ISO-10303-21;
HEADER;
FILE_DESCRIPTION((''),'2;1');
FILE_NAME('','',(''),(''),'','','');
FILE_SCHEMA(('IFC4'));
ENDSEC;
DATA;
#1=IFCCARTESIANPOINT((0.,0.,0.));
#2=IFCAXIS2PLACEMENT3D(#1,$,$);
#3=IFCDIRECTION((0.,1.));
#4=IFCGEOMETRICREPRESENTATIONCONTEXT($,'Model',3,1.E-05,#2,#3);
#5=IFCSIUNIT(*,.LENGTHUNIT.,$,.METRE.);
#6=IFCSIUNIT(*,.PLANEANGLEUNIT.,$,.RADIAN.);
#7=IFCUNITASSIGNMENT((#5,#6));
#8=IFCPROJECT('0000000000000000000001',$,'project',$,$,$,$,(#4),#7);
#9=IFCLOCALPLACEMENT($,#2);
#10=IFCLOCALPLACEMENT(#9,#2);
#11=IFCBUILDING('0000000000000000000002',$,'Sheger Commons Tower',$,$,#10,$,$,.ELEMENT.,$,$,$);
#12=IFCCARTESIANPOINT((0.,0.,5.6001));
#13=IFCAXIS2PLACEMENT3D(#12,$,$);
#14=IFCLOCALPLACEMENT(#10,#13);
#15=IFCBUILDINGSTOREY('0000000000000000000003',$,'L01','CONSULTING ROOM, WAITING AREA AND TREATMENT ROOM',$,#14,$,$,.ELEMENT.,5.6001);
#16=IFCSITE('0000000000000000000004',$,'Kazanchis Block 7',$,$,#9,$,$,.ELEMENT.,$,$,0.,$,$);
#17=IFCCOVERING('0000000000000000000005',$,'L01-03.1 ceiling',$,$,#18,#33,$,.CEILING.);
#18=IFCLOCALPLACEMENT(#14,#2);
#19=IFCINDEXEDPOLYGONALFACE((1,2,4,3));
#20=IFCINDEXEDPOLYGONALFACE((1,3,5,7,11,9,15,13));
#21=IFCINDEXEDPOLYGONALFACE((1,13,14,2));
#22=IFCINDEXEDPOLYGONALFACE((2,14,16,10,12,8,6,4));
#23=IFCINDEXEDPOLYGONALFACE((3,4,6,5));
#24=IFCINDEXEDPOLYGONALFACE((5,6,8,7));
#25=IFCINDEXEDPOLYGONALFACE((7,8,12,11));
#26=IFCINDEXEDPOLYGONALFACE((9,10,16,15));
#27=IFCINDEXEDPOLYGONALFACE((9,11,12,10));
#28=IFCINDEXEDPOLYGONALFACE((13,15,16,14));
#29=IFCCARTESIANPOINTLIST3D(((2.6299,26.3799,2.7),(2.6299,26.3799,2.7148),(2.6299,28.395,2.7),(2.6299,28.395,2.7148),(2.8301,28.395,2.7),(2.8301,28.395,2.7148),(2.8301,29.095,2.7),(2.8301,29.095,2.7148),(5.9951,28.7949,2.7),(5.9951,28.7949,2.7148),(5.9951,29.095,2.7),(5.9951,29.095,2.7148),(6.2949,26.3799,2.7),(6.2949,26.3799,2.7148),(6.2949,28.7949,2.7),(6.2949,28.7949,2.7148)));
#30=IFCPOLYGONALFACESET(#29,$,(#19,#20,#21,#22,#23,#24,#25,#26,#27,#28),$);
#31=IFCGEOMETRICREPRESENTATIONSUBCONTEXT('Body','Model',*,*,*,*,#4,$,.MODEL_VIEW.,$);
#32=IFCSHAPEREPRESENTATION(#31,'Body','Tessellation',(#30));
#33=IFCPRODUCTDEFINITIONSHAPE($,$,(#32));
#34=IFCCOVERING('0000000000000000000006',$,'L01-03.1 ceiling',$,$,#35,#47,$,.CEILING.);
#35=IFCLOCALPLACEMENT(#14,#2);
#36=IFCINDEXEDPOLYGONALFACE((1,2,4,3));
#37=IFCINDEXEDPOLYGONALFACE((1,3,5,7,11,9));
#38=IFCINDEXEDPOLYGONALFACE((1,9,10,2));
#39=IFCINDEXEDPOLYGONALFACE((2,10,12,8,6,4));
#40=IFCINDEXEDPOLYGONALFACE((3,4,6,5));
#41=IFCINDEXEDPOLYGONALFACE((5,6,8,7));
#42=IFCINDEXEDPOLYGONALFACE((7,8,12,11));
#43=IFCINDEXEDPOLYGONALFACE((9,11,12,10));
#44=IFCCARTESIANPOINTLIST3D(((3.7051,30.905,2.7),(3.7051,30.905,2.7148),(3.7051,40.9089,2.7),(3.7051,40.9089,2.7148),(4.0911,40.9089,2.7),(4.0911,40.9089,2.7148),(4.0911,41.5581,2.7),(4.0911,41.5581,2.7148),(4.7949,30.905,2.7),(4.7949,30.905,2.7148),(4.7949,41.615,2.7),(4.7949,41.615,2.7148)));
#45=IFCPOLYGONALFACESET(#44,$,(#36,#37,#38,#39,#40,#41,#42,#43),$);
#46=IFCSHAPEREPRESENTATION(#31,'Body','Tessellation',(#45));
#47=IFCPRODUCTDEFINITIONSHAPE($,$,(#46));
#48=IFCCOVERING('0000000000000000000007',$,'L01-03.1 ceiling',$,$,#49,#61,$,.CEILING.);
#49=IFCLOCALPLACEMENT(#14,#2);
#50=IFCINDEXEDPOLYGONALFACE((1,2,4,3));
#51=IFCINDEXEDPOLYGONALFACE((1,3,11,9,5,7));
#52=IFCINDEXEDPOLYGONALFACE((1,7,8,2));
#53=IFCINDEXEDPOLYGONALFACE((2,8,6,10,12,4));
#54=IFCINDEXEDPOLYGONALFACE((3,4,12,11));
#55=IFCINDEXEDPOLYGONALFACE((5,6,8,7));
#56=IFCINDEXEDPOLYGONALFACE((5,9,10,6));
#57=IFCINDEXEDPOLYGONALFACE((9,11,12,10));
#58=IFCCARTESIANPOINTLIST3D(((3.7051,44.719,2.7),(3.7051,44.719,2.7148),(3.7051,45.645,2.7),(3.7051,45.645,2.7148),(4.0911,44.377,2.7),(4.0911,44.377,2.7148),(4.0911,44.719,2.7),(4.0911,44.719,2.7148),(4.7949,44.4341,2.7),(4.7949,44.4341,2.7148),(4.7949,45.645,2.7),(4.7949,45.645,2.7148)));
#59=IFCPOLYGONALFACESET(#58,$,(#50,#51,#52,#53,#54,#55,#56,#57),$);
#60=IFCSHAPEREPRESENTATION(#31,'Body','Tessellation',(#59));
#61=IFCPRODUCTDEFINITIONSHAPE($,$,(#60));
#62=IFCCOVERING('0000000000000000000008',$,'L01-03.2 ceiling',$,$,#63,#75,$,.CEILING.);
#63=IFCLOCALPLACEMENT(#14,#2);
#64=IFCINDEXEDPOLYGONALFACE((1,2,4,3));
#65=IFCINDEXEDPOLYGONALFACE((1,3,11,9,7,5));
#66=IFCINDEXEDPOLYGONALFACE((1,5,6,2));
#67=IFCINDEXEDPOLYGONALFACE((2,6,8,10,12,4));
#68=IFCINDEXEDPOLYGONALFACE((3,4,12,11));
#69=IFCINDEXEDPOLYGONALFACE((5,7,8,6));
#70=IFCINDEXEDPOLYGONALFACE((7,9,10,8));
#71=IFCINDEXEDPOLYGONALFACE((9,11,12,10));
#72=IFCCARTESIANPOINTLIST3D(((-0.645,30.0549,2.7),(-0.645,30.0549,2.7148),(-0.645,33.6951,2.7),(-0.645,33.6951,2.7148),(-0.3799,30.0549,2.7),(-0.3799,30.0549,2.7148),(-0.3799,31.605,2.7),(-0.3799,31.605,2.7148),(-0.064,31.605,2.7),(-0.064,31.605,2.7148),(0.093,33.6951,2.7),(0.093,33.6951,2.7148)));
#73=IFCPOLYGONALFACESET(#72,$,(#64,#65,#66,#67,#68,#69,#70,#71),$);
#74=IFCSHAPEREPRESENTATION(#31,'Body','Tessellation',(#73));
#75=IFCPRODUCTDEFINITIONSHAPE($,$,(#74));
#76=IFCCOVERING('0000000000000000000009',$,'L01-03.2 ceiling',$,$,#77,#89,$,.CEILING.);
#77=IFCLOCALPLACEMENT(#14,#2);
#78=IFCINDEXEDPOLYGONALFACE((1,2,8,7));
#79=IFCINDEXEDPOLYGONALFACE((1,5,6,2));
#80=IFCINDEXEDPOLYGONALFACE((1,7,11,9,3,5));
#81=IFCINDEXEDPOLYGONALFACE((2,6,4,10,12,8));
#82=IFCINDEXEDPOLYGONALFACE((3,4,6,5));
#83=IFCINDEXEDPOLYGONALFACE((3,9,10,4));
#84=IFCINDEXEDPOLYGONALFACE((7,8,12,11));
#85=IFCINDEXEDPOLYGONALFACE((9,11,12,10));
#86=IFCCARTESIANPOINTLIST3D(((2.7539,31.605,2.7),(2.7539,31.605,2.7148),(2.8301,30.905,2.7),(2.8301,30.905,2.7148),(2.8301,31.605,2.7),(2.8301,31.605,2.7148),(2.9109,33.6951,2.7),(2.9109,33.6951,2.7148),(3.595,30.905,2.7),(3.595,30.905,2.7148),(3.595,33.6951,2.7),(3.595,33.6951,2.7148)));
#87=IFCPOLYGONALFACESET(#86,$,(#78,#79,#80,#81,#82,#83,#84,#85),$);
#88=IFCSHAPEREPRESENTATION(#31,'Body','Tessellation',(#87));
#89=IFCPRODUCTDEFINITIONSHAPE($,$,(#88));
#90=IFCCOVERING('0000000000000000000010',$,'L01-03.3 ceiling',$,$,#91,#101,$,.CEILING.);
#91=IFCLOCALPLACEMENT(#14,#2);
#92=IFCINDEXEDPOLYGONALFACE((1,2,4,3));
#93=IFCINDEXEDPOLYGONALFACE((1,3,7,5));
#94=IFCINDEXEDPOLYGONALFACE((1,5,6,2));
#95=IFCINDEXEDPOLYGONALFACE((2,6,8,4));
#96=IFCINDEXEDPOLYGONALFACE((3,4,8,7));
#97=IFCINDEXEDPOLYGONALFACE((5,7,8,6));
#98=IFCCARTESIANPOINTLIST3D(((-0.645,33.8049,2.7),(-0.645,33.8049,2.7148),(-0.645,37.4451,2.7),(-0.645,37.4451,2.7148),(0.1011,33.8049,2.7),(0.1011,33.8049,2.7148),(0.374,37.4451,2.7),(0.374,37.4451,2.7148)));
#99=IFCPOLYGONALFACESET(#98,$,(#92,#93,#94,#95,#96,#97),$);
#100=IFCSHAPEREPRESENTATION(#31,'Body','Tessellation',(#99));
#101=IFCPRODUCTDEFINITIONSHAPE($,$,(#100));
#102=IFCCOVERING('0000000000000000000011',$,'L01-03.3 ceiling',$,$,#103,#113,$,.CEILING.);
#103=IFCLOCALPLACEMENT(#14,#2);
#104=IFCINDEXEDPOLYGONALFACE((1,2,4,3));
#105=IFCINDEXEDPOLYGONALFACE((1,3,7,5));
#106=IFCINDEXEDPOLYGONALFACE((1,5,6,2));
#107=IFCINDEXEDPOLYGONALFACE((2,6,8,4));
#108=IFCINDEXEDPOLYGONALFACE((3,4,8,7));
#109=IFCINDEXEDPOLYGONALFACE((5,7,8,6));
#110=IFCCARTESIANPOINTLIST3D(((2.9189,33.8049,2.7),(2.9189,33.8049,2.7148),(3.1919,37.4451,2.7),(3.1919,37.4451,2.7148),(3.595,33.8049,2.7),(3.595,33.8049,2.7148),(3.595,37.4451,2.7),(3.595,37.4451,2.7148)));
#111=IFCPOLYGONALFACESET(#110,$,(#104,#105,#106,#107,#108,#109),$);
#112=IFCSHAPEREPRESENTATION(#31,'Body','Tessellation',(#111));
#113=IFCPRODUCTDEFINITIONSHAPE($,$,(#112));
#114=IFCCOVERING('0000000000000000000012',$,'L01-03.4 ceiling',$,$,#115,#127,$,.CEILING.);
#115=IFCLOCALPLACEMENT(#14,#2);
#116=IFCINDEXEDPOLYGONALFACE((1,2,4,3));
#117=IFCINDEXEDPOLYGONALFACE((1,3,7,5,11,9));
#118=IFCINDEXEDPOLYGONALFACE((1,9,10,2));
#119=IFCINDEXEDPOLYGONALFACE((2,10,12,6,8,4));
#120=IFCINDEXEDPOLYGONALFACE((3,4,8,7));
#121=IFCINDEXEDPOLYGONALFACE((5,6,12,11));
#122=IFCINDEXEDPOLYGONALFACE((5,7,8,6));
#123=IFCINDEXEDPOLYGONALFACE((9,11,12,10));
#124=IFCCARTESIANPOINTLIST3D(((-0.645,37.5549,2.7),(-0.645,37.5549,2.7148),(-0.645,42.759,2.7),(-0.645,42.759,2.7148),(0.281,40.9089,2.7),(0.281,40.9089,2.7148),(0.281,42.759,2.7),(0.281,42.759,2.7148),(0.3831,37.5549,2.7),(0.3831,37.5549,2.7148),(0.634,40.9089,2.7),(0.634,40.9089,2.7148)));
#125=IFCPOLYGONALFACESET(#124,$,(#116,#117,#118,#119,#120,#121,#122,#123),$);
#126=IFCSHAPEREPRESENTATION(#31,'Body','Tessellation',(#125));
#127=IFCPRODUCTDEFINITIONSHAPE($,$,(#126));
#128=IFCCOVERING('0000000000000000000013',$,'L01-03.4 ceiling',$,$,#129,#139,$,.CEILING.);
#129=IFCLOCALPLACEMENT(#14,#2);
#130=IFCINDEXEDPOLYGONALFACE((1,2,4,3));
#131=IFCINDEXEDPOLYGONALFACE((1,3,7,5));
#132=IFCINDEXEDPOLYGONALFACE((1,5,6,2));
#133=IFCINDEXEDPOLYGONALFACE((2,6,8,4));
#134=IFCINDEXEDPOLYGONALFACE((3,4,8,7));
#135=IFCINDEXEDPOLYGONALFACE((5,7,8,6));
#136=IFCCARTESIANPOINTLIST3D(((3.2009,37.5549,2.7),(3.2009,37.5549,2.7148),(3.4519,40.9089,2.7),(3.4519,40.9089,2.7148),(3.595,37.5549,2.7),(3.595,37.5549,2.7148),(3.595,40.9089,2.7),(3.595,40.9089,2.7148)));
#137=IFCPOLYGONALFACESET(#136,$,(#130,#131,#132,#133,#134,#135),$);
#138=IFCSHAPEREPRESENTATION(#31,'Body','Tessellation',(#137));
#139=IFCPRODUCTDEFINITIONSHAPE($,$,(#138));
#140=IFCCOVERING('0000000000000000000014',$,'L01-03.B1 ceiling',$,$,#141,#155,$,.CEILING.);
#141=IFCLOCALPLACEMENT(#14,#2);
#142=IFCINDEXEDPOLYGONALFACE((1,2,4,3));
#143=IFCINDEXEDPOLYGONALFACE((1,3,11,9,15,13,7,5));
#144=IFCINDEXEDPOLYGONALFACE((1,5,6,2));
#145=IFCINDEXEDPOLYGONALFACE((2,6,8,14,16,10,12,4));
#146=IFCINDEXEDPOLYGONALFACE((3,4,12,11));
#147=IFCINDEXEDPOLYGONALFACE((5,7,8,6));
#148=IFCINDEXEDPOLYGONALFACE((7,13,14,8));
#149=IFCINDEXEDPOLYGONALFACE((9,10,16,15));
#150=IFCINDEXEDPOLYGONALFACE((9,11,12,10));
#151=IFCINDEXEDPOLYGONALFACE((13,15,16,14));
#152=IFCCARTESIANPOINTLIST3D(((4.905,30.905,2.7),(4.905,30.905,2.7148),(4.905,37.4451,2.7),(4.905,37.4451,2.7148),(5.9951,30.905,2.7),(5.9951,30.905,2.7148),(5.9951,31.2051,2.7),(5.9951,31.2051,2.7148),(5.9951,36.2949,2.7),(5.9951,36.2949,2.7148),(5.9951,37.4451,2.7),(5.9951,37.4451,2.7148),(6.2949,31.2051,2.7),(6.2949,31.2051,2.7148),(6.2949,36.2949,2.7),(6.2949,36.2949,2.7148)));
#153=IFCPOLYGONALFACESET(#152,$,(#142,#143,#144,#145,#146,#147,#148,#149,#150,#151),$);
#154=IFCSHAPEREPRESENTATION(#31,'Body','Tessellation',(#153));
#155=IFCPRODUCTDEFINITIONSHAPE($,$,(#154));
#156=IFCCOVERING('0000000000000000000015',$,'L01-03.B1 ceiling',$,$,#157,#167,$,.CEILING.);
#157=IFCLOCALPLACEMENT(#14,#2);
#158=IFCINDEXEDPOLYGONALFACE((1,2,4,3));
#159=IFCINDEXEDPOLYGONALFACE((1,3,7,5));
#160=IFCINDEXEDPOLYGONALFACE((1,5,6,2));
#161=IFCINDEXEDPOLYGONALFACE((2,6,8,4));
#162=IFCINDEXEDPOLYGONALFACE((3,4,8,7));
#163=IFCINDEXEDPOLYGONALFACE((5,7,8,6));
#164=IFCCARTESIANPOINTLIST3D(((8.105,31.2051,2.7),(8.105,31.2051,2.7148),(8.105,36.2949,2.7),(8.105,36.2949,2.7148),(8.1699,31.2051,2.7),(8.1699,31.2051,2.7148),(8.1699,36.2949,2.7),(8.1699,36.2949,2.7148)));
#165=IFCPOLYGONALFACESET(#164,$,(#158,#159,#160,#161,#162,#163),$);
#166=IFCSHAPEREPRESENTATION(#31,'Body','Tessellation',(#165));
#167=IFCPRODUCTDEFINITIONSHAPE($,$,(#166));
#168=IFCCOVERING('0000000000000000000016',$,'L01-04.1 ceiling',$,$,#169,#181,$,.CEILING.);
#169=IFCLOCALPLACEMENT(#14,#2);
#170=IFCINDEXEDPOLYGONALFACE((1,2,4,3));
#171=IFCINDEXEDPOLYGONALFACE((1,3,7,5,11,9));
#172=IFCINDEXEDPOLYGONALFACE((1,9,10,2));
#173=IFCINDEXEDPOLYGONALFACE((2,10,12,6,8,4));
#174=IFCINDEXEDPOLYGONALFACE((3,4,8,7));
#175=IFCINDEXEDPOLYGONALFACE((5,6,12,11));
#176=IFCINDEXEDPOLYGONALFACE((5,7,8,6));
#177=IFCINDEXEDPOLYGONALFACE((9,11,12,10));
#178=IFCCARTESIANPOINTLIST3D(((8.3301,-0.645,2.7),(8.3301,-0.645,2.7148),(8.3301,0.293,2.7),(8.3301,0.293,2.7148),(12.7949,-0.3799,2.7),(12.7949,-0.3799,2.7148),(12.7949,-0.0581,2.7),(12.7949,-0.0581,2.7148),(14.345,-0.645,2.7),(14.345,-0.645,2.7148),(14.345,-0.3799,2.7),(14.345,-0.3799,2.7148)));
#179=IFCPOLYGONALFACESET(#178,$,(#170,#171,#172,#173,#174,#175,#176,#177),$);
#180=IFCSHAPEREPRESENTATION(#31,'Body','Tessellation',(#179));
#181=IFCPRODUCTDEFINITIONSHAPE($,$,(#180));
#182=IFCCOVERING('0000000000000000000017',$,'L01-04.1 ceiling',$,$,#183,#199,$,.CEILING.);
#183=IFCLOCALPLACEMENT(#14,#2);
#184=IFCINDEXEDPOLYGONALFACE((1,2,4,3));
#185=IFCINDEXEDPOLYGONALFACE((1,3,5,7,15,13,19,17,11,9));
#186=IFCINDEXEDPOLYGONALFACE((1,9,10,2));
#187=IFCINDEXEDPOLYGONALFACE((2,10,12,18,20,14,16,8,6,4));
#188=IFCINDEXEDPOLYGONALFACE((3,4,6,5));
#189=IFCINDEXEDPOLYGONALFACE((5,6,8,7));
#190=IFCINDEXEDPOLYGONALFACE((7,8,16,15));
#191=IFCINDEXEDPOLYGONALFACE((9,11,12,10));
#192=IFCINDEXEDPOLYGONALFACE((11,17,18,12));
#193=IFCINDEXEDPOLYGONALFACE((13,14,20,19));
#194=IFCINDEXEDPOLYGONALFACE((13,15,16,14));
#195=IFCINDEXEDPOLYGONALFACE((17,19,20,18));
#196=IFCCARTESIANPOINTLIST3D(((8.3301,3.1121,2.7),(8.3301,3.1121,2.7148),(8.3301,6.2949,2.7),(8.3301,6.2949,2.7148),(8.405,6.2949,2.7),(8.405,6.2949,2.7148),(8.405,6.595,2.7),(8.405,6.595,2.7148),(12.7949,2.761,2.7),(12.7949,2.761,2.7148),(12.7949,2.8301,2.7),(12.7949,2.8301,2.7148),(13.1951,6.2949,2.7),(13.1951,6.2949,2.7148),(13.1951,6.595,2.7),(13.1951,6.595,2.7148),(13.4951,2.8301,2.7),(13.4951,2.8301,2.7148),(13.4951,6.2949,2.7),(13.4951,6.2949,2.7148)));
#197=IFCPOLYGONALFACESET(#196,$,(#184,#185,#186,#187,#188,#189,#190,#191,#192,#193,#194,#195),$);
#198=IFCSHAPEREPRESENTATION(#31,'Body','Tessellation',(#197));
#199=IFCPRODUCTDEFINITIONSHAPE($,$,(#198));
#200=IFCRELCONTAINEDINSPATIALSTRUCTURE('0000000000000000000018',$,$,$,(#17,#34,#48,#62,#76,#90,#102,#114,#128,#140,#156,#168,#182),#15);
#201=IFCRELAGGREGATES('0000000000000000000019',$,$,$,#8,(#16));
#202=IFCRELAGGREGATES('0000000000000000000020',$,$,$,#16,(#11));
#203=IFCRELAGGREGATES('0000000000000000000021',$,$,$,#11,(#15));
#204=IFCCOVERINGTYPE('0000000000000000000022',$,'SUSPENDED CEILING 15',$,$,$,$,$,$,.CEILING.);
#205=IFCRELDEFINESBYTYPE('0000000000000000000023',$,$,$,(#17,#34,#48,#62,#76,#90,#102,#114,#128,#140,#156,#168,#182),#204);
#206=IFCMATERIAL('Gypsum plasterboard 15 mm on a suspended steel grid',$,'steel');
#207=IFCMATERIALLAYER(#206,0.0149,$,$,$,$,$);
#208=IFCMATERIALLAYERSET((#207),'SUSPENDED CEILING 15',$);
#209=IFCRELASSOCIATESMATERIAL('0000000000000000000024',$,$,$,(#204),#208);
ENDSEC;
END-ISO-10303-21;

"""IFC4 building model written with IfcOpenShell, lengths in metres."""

from ifc_helpers import new_model, si_unit, direction, frame, origin, place, context, subcontext, project, spatial, polyline, outline, extrude, material, layer, layer_set, type_object, element, save


model = new_model("IFC4")

# Units and contexts
model_context = context("Model", 3, precision=1e-05, world=origin(), true_north=direction((0.0, 1.0)))
body_context = subcontext(model_context, "Body", "Model", "MODEL_VIEW")
ifc_project = project(units=[si_unit("LENGTHUNIT", "METRE"), si_unit("PLANEANGLEUNIT", "RADIAN")], contexts=[model_context])

# Site, building, storey
site_placement = place(None, origin())
site = spatial("IfcSite", under=ifc_project, at=site_placement, Name="Kazanchis Block 7", CompositionType="ELEMENT", RefElevation=0.0)
building_placement = place(site_placement, origin())
building = spatial("IfcBuilding", under=site, at=building_placement, Name="Sheger Commons Tower", CompositionType="ELEMENT")
storey_placement = place(building_placement, frame((0.0, 0.0, 5.6001)))
storey = spatial("IfcBuildingStorey", under=building, at=storey_placement, Name="L01", Description="CONSULTING ROOM, WAITING AREA AND TREATMENT ROOM", CompositionType="ELEMENT", Elevation=5.6001)

# Coverings
ifc_material = material(Name="Gypsum plasterboard 15 mm on a suspended steel grid", Category="steel")
ifc_layer = layer(ifc_material, 0.0149)
ifc_layer_set = layer_set([ifc_layer], Name="SUSPENDED CEILING 15")
covering_type = type_object("IfcCoveringType", Name="SUSPENDED CEILING 15", PredefinedType="CEILING", material=ifc_layer_set)
covering_1_placement = place(storey_placement, frame((0.0, 0.0, 2.7)))
element("IfcCovering", 1, at=covering_1_placement, inside=storey, type_object=covering_type, Name="L01-03.1 ceiling", PredefinedType="CEILING", context=body_context, shape_type="SweptSolid", body=[
    extrude(outline(polyline([(2.6299, 26.3799), (6.2949, 26.3799), (6.2949, 28.7949), (5.9951, 28.7949), (5.9951, 29.095), (2.8301, 29.095), (2.8301, 28.395), (2.6299, 28.395), (2.6299, 26.3799)])), origin(), (0.0, 0.0, 1.0), 0.0149),
])
covering_2_placement = place(storey_placement, frame((0.0, 0.0, 2.7)))
element("IfcCovering", 2, at=covering_2_placement, inside=storey, type_object=covering_type, Name="L01-03.1 ceiling", PredefinedType="CEILING", context=body_context, shape_type="SweptSolid", body=[
    extrude(outline(polyline([(3.7051, 30.905), (4.7949, 30.905), (4.7949, 41.615), (4.0911, 41.5581), (4.0911, 40.9089), (3.7051, 40.9089), (3.7051, 30.905)])), origin(), (0.0, 0.0, 1.0), 0.0149),
])
covering_3_placement = place(storey_placement, frame((0.0, 0.0, 2.7)))
element("IfcCovering", 3, at=covering_3_placement, inside=storey, type_object=covering_type, Name="L01-03.1 ceiling", PredefinedType="CEILING", context=body_context, shape_type="SweptSolid", body=[
    extrude(outline(polyline([(4.0911, 44.377), (4.7949, 44.4341), (4.7949, 45.645), (3.7051, 45.645), (3.7051, 44.719), (4.0911, 44.719), (4.0911, 44.377)])), origin(), (0.0, 0.0, 1.0), 0.0149),
])
covering_4_placement = place(storey_placement, frame((0.0, 0.0, 2.7)))
element("IfcCovering", 4, at=covering_4_placement, inside=storey, type_object=covering_type, Name="L01-03.2 ceiling", PredefinedType="CEILING", context=body_context, shape_type="SweptSolid", body=[
    extrude(outline(polyline([(-0.645, 30.0549), (-0.3799, 30.0549), (-0.3799, 31.605), (-0.064, 31.605), (0.093, 33.6951), (-0.645, 33.6951), (-0.645, 30.0549)])), origin(), (0.0, 0.0, 1.0), 0.0149),
])
covering_5_placement = place(storey_placement, frame((0.0, 0.0, 2.7)))
element("IfcCovering", 5, at=covering_5_placement, inside=storey, type_object=covering_type, Name="L01-03.2 ceiling", PredefinedType="CEILING", context=body_context, shape_type="SweptSolid", body=[
    extrude(outline(polyline([(2.8301, 30.905), (3.595, 30.905), (3.595, 33.6951), (2.9109, 33.6951), (2.7539, 31.605), (2.8301, 31.605), (2.8301, 30.905)])), origin(), (0.0, 0.0, 1.0), 0.0149),
])
covering_6_placement = place(storey_placement, frame((0.0, 0.0, 2.7)))
element("IfcCovering", 6, at=covering_6_placement, inside=storey, type_object=covering_type, Name="L01-03.3 ceiling", PredefinedType="CEILING", context=body_context, shape_type="SweptSolid", body=[
    extrude(outline(polyline([(-0.645, 33.8049), (0.1011, 33.8049), (0.374, 37.4451), (-0.645, 37.4451), (-0.645, 33.8049)])), origin(), (0.0, 0.0, 1.0), 0.0149),
])
covering_7_placement = place(storey_placement, frame((0.0, 0.0, 2.7)))
element("IfcCovering", 7, at=covering_7_placement, inside=storey, type_object=covering_type, Name="L01-03.3 ceiling", PredefinedType="CEILING", context=body_context, shape_type="SweptSolid", body=[
    extrude(outline(polyline([(2.9189, 33.8049), (3.595, 33.8049), (3.595, 37.4451), (3.1919, 37.4451), (2.9189, 33.8049)])), origin(), (0.0, 0.0, 1.0), 0.0149),
])
covering_8_placement = place(storey_placement, frame((0.0, 0.0, 2.7)))
element("IfcCovering", 8, at=covering_8_placement, inside=storey, type_object=covering_type, Name="L01-03.4 ceiling", PredefinedType="CEILING", context=body_context, shape_type="SweptSolid", body=[
    extrude(outline(polyline([(-0.645, 37.5549), (0.3831, 37.5549), (0.634, 40.9089), (0.281, 40.9089), (0.281, 42.759), (-0.645, 42.759), (-0.645, 37.5549)])), origin(), (0.0, 0.0, 1.0), 0.0149),
])
covering_9_placement = place(storey_placement, frame((0.0, 0.0, 2.7)))
element("IfcCovering", 9, at=covering_9_placement, inside=storey, type_object=covering_type, Name="L01-03.4 ceiling", PredefinedType="CEILING", context=body_context, shape_type="SweptSolid", body=[
    extrude(outline(polyline([(3.2009, 37.5549), (3.595, 37.5549), (3.595, 40.9089), (3.4519, 40.9089), (3.2009, 37.5549)])), origin(), (0.0, 0.0, 1.0), 0.0149),
])
covering_10_placement = place(storey_placement, frame((0.0, 0.0, 2.7)))
element("IfcCovering", 10, at=covering_10_placement, inside=storey, type_object=covering_type, Name="L01-03.B1 ceiling", PredefinedType="CEILING", context=body_context, shape_type="SweptSolid", body=[
    extrude(outline(polyline([(4.905, 30.905), (5.9951, 30.905), (5.9951, 31.2051), (6.2949, 31.2051), (6.2949, 36.2949), (5.9951, 36.2949), (5.9951, 37.4451), (4.905, 37.4451), (4.905, 30.905)])), origin(), (0.0, 0.0, 1.0), 0.0149),
])
covering_11_placement = place(storey_placement, frame((0.0, 0.0, 2.7)))
element("IfcCovering", 11, at=covering_11_placement, inside=storey, type_object=covering_type, Name="L01-03.B1 ceiling", PredefinedType="CEILING", context=body_context, shape_type="SweptSolid", body=[
    extrude(outline(polyline([(8.105, 31.2051), (8.1699, 31.2051), (8.1699, 36.2949), (8.105, 36.2949), (8.105, 31.2051)])), origin(), (0.0, 0.0, 1.0), 0.0149),
])
covering_12_placement = place(storey_placement, frame((0.0, 0.0, 2.7)))
element("IfcCovering", 12, at=covering_12_placement, inside=storey, type_object=covering_type, Name="L01-04.1 ceiling", PredefinedType="CEILING", context=body_context, shape_type="SweptSolid", body=[
    extrude(outline(polyline([(8.3301, -0.645), (14.345, -0.645), (14.345, -0.3799), (12.7949, -0.3799), (12.7949, -0.0581), (8.3301, 0.293), (8.3301, -0.645)])), origin(), (0.0, 0.0, 1.0), 0.0149),
])
covering_13_placement = place(storey_placement, frame((0.0, 0.0, 2.7)))
element("IfcCovering", 13, at=covering_13_placement, inside=storey, type_object=covering_type, Name="L01-04.1 ceiling", PredefinedType="CEILING", context=body_context, shape_type="SweptSolid", body=[
    extrude(outline(polyline([(12.7949, 2.761), (12.7949, 2.8301), (13.4951, 2.8301), (13.4951, 6.2949), (13.1951, 6.2949), (13.1951, 6.595), (8.405, 6.595), (8.405, 6.2949), (8.3301, 6.2949), (8.3301, 3.1121), (12.7949, 2.761)])), origin(), (0.0, 0.0, 1.0), 0.0149),
])

save(model, "model.ifc")
